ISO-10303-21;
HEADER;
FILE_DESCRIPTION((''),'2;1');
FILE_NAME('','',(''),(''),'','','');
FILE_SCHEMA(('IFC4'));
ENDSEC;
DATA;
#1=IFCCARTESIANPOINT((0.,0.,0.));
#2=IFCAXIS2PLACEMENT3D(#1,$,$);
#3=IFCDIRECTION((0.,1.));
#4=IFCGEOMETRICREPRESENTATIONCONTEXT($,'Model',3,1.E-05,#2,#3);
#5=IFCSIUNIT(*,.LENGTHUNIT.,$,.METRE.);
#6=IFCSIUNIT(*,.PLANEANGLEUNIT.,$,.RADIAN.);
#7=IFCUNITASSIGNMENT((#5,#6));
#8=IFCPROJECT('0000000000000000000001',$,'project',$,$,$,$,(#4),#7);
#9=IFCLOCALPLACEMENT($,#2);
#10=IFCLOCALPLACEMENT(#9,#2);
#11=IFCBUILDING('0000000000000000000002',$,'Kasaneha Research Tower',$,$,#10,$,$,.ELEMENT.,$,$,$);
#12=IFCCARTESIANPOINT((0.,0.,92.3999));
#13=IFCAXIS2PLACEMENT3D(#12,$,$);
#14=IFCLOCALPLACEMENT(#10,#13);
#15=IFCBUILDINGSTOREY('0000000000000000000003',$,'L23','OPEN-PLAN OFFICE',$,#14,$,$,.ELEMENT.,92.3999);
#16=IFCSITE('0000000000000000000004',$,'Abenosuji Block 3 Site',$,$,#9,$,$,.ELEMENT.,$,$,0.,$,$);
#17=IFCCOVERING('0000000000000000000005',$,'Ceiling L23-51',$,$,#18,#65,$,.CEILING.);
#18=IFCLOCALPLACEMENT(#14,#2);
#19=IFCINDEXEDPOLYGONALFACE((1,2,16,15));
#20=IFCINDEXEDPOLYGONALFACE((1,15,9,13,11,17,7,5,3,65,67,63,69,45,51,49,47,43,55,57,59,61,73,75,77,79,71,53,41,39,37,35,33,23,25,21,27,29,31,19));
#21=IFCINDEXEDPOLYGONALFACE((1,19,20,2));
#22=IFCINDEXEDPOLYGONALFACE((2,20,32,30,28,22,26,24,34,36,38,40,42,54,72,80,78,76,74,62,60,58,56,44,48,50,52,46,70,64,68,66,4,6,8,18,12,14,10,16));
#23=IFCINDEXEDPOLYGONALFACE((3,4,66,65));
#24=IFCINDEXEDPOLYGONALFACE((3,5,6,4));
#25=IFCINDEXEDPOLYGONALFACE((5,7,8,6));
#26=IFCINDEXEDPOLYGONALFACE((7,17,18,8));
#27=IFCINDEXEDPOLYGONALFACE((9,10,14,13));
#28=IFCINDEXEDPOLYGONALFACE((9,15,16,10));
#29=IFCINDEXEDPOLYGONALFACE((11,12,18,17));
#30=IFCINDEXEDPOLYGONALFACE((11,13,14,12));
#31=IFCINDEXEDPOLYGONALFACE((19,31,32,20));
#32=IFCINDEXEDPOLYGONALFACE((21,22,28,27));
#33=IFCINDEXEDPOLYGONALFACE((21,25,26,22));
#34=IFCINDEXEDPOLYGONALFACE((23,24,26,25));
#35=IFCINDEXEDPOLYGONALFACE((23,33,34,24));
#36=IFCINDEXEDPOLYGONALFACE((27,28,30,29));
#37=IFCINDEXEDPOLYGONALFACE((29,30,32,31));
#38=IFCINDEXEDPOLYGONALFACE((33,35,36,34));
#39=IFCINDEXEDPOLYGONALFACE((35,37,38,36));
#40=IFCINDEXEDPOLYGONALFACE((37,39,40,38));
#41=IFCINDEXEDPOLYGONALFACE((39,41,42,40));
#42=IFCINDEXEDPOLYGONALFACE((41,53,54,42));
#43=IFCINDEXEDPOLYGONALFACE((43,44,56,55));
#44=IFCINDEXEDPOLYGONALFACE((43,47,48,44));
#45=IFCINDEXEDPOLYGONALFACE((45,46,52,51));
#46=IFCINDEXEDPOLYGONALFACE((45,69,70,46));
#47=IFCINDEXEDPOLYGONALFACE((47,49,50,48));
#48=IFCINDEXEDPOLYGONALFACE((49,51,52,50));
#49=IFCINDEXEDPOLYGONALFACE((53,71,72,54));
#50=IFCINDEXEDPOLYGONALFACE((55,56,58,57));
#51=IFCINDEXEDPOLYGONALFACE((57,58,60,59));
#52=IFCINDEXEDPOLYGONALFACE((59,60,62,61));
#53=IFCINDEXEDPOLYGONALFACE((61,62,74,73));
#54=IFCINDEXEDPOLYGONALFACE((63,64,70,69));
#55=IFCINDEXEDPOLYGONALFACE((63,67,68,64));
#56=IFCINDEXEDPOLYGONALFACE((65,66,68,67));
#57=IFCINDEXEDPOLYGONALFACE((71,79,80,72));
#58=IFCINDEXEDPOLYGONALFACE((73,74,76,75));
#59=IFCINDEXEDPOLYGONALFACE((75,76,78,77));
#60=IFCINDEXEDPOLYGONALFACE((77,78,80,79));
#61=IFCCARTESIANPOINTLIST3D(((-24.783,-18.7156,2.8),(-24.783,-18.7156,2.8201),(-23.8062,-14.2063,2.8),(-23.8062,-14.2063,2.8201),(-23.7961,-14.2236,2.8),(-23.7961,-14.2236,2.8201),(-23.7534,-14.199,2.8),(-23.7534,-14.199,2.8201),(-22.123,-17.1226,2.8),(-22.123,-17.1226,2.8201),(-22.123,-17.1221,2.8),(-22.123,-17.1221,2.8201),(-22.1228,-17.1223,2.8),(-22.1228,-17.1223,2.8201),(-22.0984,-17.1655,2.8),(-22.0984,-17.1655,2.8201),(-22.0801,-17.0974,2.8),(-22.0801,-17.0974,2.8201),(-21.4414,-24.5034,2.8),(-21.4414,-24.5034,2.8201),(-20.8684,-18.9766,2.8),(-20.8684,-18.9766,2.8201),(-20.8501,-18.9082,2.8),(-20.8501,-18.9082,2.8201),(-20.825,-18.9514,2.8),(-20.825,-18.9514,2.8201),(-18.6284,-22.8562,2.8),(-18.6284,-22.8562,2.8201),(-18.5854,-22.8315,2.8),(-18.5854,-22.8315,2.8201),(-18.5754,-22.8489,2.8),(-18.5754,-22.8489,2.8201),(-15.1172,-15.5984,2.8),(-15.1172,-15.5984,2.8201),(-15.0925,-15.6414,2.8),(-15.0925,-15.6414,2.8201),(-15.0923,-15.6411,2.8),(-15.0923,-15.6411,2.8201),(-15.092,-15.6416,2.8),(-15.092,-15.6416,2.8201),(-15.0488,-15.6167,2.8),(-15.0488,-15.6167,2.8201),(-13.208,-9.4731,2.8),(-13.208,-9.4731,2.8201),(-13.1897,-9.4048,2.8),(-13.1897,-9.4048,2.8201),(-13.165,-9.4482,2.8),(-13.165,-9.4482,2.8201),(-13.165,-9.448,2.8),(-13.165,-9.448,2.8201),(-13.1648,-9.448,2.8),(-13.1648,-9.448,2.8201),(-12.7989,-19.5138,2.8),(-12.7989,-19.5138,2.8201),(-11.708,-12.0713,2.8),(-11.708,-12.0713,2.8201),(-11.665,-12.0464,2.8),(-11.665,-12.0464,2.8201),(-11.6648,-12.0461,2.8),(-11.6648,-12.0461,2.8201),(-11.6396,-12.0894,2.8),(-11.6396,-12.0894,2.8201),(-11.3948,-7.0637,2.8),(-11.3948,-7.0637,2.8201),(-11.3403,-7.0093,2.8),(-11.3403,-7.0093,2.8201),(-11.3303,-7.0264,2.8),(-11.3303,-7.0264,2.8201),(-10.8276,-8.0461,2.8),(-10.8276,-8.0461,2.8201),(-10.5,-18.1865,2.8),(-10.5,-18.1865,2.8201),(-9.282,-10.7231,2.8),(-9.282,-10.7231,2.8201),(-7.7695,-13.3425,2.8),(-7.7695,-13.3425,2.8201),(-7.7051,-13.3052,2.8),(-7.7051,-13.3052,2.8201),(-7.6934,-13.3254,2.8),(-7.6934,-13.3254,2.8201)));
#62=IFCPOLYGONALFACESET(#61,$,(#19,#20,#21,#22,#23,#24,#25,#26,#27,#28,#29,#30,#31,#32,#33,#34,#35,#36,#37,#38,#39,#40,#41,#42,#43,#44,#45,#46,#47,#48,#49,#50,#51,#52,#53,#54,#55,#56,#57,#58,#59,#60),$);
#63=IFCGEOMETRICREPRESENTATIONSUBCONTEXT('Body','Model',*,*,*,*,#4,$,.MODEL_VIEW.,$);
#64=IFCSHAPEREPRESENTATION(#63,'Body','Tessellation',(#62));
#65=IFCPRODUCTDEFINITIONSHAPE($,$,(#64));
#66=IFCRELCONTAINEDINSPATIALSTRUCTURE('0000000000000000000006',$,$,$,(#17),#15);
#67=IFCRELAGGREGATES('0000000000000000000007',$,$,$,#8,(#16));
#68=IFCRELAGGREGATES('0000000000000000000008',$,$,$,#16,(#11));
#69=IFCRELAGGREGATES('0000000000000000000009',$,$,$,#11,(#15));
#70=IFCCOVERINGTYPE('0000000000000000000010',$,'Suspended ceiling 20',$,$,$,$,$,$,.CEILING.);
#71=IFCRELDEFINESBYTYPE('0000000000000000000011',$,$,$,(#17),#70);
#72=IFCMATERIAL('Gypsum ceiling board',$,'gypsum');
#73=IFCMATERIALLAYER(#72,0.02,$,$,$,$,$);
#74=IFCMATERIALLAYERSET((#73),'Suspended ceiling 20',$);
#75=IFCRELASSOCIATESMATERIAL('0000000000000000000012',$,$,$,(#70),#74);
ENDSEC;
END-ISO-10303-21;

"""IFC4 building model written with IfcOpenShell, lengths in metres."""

from ifc_helpers import new_model, si_unit, direction, frame, origin, place, context, subcontext, project, spatial, polyline, outline, extrude, material, layer, layer_set, type_object, element, save


model = new_model("IFC4")

# Units and contexts
model_context = context("Model", 3, precision=1e-05, world=origin(), true_north=direction((0.0, 1.0)))
body_context = subcontext(model_context, "Body", "Model", "MODEL_VIEW")
ifc_project = project(units=[si_unit("LENGTHUNIT", "METRE"), si_unit("PLANEANGLEUNIT", "RADIAN")], contexts=[model_context])

# Site, building, storey
site_placement = place(None, origin())
site = spatial("IfcSite", under=ifc_project, at=site_placement, Name="Abenosuji Block 3 Site", CompositionType="ELEMENT", RefElevation=0.0)
building_placement = place(site_placement, origin())
building = spatial("IfcBuilding", under=site, at=building_placement, Name="Kasaneha Research Tower", CompositionType="ELEMENT")
storey_placement = place(building_placement, frame((0.0, 0.0, 92.3999)))
storey = spatial("IfcBuildingStorey", under=building, at=storey_placement, Name="L23", Description="OPEN-PLAN OFFICE", CompositionType="ELEMENT", Elevation=92.3999)

# Covering
ifc_material_1 = material(Name="Gypsum ceiling board", Category="gypsum")
ifc_layer_1 = layer(ifc_material_1, 0.02)
ifc_layer_set_1 = layer_set([ifc_layer_1], Name="Suspended ceiling 20")
covering_type = type_object("IfcCoveringType", Name="Suspended ceiling 20", PredefinedType="CEILING", material=ifc_layer_set_1)
covering_1_placement = place(storey_placement, frame((0.0, 0.0, 2.8)))
element("IfcCovering", 1, at=covering_1_placement, inside=storey, type_object=covering_type, Name="Ceiling L23-51", PredefinedType="CEILING", context=body_context, shape_type="SweptSolid", body=[
    extrude(outline(polyline([(-13.165, -9.448), (-13.165, -9.4482), (-13.208, -9.4731), (-11.708, -12.0713), (-11.665, -12.0464), (-11.665, -12.0464), (-11.6648, -12.0461), (-11.6396, -12.0894), (-9.282, -10.7231), (-7.7695, -13.3425), (-7.7051, -13.3052), (-7.6934, -13.3254), (-10.5, -18.1865), (-12.8418, -19.5386), (-12.8418, -19.5386), (-12.7988, -19.5139), (-15.0488, -15.6167), (-15.092, -15.6416), (-15.0923, -15.6411), (-15.0925, -15.6414), (-15.1172, -15.5984), (-20.8501, -18.9082), (-20.825, -18.9514), (-20.8684, -18.9766), (-18.6284, -22.8562), (-18.5854, -22.8315), (-18.5754, -22.8489), (-21.4414, -24.5034), (-24.783, -18.7156), (-22.0984, -17.1655), (-22.123, -17.1226), (-22.1228, -17.1223), (-22.123, -17.1221), (-22.0801, -17.0974), (-23.7534, -14.199), (-23.7961, -14.2236), (-23.8062, -14.2063), (-11.3403, -7.0093), (-11.3303, -7.0264), (-11.3948, -7.0637), (-10.8276, -8.0461), (-13.1897, -9.4048), (-13.1648, -9.448), (-13.165, -9.448)])), origin(), (0.0, 0.0, 1.0), 0.02),
])

save(model, "model.ifc")
